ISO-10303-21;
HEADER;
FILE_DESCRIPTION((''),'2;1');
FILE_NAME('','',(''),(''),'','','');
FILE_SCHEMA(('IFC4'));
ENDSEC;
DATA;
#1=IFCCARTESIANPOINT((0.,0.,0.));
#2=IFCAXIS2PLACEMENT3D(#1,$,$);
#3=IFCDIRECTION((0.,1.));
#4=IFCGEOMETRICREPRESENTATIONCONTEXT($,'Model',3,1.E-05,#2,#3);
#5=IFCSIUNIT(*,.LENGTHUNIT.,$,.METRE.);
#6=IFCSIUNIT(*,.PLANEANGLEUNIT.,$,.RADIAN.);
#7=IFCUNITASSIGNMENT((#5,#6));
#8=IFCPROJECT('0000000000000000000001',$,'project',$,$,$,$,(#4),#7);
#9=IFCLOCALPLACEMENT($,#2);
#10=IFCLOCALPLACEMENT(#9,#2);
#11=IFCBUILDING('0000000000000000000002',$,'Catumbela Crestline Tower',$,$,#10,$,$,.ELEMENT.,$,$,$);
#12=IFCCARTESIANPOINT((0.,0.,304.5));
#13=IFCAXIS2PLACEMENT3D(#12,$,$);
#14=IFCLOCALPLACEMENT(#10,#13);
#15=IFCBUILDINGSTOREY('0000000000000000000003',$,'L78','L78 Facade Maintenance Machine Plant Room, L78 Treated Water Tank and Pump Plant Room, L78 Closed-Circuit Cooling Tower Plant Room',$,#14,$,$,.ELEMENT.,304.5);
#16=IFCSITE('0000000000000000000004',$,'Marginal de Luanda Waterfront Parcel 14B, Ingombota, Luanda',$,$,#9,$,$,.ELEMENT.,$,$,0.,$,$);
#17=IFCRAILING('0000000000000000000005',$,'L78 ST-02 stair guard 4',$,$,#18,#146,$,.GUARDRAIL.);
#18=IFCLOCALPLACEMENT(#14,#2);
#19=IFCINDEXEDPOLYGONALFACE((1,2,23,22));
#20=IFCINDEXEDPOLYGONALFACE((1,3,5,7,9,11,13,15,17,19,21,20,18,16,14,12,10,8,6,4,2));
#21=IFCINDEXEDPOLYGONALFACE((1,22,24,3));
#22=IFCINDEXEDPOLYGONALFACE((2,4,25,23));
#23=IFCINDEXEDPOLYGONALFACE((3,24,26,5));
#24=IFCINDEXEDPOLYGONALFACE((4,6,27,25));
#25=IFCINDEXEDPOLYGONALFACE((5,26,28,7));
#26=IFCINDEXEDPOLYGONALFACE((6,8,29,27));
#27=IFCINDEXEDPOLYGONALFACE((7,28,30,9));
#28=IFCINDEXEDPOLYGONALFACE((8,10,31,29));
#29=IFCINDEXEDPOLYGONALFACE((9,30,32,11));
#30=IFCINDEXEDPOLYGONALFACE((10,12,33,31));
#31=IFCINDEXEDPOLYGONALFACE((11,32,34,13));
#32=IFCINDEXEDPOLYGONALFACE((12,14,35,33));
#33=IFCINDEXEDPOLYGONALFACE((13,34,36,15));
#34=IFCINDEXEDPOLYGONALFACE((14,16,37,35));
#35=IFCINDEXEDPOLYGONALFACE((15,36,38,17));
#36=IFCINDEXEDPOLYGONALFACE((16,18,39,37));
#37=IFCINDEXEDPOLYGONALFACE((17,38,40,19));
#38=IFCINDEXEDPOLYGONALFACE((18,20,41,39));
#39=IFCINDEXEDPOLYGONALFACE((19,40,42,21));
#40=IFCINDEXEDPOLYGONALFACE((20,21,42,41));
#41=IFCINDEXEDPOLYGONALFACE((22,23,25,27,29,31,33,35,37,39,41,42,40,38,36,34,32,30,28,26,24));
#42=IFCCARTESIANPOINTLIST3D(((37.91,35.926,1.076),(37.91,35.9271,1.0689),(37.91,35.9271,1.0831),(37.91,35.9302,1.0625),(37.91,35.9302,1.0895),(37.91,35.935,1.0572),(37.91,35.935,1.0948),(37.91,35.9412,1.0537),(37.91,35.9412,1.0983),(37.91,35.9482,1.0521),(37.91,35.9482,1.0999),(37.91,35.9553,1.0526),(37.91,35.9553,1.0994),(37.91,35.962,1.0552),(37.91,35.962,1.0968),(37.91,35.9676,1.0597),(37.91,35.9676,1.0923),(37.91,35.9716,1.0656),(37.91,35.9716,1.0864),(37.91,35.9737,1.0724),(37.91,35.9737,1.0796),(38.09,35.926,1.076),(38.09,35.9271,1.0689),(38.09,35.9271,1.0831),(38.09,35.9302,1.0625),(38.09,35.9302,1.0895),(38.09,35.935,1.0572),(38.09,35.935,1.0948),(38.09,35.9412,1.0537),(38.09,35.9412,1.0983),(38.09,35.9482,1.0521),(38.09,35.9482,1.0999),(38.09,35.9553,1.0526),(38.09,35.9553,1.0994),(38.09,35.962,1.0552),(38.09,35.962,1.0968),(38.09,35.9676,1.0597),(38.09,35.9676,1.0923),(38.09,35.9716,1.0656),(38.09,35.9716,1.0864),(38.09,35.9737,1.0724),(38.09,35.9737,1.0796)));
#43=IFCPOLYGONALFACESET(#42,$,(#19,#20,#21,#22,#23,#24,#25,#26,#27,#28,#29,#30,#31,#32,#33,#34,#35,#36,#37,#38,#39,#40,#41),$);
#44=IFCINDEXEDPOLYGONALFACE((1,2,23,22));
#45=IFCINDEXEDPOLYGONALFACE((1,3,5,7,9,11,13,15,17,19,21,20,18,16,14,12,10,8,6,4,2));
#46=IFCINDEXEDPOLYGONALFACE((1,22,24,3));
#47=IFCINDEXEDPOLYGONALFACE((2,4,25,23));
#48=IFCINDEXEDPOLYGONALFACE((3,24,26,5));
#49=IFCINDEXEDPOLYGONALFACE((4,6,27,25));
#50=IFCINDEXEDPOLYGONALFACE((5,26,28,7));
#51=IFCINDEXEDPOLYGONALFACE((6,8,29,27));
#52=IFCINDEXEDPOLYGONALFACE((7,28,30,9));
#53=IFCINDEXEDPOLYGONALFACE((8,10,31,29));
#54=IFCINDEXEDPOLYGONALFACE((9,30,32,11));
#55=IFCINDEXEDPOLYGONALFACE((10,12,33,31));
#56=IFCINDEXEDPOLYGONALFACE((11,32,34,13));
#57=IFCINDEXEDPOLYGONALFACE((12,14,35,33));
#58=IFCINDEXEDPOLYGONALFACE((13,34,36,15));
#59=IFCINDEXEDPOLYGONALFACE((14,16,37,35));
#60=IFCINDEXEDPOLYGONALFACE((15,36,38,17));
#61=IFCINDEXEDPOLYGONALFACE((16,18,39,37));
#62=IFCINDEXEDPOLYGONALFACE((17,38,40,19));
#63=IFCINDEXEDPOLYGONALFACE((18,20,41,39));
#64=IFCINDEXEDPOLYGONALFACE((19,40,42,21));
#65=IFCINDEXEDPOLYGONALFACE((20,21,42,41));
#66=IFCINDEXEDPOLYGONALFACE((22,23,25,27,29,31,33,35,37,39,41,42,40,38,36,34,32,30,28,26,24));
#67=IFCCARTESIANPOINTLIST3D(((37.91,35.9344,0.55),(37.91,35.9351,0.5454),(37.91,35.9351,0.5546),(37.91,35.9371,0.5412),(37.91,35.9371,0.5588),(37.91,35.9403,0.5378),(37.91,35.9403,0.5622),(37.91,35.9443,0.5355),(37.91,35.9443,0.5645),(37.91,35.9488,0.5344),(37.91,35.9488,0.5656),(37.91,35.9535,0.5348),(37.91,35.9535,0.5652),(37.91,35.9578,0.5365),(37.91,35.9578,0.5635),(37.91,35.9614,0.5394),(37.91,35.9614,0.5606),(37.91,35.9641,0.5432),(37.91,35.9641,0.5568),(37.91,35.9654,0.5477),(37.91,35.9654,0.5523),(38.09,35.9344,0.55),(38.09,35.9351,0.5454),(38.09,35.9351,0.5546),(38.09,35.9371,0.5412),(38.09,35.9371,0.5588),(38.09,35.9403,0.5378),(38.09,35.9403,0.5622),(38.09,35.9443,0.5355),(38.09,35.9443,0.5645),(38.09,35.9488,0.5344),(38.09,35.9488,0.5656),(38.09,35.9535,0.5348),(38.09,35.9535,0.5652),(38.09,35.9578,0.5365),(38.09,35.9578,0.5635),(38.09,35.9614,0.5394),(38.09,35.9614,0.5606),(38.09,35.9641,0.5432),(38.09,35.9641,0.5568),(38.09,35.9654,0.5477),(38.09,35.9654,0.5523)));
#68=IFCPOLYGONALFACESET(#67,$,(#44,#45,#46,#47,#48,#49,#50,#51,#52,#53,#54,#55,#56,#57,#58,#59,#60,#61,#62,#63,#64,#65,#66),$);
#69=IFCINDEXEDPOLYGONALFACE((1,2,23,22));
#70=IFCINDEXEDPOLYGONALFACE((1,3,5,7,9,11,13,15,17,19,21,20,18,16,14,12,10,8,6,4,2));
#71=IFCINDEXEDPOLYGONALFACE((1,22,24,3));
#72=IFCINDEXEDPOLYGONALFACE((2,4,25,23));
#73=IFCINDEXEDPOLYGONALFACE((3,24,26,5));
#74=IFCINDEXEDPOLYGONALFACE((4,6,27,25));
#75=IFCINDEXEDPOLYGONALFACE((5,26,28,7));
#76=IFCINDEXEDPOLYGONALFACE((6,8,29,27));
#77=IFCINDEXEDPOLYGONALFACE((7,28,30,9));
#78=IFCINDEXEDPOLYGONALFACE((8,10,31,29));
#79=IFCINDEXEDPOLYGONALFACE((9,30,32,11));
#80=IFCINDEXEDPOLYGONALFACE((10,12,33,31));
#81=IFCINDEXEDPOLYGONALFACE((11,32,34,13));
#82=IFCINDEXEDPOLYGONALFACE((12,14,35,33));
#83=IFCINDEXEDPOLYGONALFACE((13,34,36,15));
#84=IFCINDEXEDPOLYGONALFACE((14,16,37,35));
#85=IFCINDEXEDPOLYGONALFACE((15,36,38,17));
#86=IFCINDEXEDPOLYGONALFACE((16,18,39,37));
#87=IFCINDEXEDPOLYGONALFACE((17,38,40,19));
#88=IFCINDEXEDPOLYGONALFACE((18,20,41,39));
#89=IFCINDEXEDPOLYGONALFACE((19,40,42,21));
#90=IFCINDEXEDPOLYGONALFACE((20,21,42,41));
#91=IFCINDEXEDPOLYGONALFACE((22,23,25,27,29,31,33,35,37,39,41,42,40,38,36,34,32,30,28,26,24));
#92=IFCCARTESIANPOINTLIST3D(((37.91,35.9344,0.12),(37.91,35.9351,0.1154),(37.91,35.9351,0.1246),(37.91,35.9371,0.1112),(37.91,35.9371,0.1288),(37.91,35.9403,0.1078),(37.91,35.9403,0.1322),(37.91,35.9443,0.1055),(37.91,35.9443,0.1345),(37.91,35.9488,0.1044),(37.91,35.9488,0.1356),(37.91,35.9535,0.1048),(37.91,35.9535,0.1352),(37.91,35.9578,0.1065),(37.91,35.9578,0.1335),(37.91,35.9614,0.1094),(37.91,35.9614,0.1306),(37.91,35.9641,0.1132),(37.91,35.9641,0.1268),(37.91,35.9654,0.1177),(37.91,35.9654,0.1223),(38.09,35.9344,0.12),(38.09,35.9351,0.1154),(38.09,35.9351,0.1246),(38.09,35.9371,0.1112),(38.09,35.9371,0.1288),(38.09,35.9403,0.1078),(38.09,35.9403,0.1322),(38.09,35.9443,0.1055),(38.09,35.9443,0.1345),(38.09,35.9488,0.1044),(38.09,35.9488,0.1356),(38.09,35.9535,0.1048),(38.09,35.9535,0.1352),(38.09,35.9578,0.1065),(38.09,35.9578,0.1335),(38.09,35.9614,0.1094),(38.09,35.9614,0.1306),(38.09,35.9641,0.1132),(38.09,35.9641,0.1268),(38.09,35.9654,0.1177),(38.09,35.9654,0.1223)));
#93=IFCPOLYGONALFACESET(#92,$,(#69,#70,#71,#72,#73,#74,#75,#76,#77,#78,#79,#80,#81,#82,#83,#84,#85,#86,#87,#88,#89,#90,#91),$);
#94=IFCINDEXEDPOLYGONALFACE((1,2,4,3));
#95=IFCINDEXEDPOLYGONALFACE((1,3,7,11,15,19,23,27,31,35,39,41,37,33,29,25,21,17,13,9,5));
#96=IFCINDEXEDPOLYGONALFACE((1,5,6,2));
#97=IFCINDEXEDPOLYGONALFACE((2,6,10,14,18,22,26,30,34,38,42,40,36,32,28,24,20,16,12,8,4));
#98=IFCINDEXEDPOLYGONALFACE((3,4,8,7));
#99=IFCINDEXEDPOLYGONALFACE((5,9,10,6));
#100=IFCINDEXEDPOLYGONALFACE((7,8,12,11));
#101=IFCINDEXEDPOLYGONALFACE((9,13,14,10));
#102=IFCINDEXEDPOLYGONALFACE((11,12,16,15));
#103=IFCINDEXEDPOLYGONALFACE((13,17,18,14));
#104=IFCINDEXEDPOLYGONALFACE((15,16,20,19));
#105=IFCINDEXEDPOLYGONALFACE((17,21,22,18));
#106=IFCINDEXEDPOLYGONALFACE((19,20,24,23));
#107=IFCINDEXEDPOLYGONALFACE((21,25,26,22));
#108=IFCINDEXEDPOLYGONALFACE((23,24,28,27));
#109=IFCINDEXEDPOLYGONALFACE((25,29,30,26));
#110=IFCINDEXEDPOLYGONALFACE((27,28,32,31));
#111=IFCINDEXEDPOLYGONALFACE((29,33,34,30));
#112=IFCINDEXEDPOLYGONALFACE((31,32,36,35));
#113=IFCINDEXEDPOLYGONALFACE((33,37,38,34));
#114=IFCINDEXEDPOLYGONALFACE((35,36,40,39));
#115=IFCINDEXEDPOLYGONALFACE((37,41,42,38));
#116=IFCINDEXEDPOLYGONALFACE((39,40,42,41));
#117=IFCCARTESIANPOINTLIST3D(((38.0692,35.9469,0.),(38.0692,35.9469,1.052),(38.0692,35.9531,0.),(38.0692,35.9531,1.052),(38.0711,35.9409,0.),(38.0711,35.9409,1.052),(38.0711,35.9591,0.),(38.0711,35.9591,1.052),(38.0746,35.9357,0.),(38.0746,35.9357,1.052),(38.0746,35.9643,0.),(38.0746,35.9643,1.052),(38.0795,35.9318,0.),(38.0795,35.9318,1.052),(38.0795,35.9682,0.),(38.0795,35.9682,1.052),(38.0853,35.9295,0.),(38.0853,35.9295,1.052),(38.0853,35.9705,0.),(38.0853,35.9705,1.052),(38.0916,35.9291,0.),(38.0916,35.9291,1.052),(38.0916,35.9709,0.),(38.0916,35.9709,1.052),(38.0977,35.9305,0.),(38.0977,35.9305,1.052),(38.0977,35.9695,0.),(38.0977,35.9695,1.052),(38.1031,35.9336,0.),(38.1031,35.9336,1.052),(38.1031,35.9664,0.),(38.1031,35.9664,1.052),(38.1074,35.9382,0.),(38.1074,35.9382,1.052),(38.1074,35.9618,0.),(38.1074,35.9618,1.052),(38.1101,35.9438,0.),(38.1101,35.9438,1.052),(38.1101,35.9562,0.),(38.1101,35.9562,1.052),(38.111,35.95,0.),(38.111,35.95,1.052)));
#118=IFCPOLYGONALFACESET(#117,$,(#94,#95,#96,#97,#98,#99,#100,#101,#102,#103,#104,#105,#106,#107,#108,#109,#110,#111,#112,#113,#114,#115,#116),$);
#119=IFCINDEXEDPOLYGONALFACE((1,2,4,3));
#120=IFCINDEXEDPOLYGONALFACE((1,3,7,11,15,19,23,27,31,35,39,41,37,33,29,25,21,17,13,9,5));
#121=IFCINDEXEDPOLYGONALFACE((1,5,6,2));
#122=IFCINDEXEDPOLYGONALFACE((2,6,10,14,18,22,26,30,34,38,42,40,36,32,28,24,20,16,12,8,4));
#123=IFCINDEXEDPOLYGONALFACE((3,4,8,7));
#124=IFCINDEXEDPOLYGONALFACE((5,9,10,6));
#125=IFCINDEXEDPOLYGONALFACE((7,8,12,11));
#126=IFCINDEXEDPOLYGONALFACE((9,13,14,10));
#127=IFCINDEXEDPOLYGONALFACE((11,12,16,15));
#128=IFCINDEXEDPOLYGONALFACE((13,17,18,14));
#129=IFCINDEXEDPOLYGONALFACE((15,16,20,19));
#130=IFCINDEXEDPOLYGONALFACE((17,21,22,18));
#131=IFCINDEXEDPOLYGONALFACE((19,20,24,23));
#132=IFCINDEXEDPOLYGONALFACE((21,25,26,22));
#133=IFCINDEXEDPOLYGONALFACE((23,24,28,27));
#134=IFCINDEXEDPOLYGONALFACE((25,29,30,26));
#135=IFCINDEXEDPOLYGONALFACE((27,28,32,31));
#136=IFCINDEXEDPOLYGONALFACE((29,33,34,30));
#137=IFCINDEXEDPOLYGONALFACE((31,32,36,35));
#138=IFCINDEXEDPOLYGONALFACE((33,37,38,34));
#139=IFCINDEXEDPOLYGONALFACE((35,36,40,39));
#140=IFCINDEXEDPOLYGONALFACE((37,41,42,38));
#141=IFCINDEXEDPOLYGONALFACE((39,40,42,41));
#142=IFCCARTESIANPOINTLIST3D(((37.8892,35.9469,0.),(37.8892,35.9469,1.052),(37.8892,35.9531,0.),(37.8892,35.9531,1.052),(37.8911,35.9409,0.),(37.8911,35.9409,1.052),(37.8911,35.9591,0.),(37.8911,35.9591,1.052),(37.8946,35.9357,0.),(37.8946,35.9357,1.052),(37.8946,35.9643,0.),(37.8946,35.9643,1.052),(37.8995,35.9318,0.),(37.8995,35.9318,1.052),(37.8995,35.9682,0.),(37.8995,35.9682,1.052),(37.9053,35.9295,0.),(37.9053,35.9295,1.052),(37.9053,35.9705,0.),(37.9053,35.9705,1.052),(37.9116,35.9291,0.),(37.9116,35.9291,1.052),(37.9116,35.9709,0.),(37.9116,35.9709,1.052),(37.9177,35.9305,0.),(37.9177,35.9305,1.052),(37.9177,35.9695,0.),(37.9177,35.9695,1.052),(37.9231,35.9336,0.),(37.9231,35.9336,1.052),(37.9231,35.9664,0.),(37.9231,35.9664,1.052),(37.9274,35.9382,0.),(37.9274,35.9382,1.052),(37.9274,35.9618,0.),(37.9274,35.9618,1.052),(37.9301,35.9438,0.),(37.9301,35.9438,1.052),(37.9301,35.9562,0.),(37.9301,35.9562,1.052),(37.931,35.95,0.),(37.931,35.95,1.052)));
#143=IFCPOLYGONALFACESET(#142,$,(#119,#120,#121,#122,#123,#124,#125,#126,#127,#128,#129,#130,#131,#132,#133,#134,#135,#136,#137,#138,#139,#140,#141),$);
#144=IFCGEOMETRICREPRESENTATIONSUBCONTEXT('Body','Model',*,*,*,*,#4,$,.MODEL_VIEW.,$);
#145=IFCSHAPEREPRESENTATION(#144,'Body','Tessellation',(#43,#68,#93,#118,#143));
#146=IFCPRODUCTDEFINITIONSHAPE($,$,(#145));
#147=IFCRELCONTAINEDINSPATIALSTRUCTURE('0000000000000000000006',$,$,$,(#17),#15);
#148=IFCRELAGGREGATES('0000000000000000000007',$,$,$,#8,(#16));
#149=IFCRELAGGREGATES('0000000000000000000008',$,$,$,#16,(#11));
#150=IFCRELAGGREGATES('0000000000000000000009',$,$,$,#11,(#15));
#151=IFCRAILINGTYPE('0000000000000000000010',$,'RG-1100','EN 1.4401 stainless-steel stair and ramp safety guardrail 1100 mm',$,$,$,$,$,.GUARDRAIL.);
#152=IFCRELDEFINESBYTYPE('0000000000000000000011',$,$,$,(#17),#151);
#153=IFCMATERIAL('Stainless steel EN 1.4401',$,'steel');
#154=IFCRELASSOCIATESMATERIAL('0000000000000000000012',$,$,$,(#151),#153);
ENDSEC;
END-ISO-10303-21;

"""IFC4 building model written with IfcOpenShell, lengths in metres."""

from ifc_helpers import new_model, si_unit, direction, frame, origin, origin_2d, place, context, subcontext, project, spatial, circle, extrude, material, type_object, element, save


model = new_model("IFC4")

# Units and contexts
model_context = context("Model", 3, precision=1e-05, world=origin(), true_north=direction((0.0, 1.0)))
body_context = subcontext(model_context, "Body", "Model", "MODEL_VIEW")
ifc_project = project(units=[si_unit("LENGTHUNIT", "METRE"), si_unit("PLANEANGLEUNIT", "RADIAN")], contexts=[model_context])

# Site, building, storey
site_placement = place(None, origin())
site = spatial("IfcSite", under=ifc_project, at=site_placement, Name="Marginal de Luanda Waterfront Parcel 14B, Ingombota, Luanda", CompositionType="ELEMENT", RefElevation=0.0)
building_placement = place(site_placement, origin())
building = spatial("IfcBuilding", under=site, at=building_placement, Name="Catumbela Crestline Tower", CompositionType="ELEMENT")
storey_placement = place(building_placement, frame((0.0, 0.0, 304.5)))
storey = spatial("IfcBuildingStorey", under=building, at=storey_placement, Name="L78", Description="L78 Facade Maintenance Machine Plant Room, L78 Treated Water Tank and Pump Plant Room, L78 Closed-Circuit Cooling Tower Plant Room", CompositionType="ELEMENT", Elevation=304.5)

# Railing
ifc_material_1 = material(Name="Stainless steel EN 1.4401", Category="steel")
railing_type_1 = type_object("IfcRailingType", Name="RG-1100", Description="EN 1.4401 stainless-steel stair and ramp safety guardrail 1100 mm", PredefinedType="GUARDRAIL", material=ifc_material_1)
railing_1_placement = place(storey_placement, frame((38.09, 35.95, 0.0)))
element("IfcRailing", 1, at=railing_1_placement, inside=storey, type_object=railing_type_1, Name="L78 ST-02 stair guard 4", PredefinedType="GUARDRAIL", context=body_context, shape_type="SweptSolid", body=[
    extrude(circle(Radius=0.024, at=origin_2d()), frame((0.0, 0.0, 1.076), z_axis=(-1.0, 0.0, 0.0), x_axis=(0.0, -1.0, 0.0)), (0.0, 0.0, 1.0), 0.18),
    extrude(circle(Radius=0.0156, at=origin_2d()), frame((0.0, 0.0, 0.55), z_axis=(-1.0, 0.0, 0.0), x_axis=(0.0, -1.0, 0.0)), (0.0, 0.0, 1.0), 0.18),
    extrude(circle(Radius=0.0156, at=origin_2d()), frame((0.0, 0.0, 0.12), z_axis=(-1.0, 0.0, 0.0), x_axis=(0.0, -1.0, 0.0)), (0.0, 0.0, 1.0), 0.18),
    extrude(circle(Radius=0.021, at=origin_2d()), origin(), (0.0, 0.0, 1.0), 1.052),
    extrude(circle(Radius=0.021, at=origin_2d()), frame((-0.18, 0.0, 0.0)), (0.0, 0.0, 1.0), 1.052),
])

save(model, "model.ifc")
